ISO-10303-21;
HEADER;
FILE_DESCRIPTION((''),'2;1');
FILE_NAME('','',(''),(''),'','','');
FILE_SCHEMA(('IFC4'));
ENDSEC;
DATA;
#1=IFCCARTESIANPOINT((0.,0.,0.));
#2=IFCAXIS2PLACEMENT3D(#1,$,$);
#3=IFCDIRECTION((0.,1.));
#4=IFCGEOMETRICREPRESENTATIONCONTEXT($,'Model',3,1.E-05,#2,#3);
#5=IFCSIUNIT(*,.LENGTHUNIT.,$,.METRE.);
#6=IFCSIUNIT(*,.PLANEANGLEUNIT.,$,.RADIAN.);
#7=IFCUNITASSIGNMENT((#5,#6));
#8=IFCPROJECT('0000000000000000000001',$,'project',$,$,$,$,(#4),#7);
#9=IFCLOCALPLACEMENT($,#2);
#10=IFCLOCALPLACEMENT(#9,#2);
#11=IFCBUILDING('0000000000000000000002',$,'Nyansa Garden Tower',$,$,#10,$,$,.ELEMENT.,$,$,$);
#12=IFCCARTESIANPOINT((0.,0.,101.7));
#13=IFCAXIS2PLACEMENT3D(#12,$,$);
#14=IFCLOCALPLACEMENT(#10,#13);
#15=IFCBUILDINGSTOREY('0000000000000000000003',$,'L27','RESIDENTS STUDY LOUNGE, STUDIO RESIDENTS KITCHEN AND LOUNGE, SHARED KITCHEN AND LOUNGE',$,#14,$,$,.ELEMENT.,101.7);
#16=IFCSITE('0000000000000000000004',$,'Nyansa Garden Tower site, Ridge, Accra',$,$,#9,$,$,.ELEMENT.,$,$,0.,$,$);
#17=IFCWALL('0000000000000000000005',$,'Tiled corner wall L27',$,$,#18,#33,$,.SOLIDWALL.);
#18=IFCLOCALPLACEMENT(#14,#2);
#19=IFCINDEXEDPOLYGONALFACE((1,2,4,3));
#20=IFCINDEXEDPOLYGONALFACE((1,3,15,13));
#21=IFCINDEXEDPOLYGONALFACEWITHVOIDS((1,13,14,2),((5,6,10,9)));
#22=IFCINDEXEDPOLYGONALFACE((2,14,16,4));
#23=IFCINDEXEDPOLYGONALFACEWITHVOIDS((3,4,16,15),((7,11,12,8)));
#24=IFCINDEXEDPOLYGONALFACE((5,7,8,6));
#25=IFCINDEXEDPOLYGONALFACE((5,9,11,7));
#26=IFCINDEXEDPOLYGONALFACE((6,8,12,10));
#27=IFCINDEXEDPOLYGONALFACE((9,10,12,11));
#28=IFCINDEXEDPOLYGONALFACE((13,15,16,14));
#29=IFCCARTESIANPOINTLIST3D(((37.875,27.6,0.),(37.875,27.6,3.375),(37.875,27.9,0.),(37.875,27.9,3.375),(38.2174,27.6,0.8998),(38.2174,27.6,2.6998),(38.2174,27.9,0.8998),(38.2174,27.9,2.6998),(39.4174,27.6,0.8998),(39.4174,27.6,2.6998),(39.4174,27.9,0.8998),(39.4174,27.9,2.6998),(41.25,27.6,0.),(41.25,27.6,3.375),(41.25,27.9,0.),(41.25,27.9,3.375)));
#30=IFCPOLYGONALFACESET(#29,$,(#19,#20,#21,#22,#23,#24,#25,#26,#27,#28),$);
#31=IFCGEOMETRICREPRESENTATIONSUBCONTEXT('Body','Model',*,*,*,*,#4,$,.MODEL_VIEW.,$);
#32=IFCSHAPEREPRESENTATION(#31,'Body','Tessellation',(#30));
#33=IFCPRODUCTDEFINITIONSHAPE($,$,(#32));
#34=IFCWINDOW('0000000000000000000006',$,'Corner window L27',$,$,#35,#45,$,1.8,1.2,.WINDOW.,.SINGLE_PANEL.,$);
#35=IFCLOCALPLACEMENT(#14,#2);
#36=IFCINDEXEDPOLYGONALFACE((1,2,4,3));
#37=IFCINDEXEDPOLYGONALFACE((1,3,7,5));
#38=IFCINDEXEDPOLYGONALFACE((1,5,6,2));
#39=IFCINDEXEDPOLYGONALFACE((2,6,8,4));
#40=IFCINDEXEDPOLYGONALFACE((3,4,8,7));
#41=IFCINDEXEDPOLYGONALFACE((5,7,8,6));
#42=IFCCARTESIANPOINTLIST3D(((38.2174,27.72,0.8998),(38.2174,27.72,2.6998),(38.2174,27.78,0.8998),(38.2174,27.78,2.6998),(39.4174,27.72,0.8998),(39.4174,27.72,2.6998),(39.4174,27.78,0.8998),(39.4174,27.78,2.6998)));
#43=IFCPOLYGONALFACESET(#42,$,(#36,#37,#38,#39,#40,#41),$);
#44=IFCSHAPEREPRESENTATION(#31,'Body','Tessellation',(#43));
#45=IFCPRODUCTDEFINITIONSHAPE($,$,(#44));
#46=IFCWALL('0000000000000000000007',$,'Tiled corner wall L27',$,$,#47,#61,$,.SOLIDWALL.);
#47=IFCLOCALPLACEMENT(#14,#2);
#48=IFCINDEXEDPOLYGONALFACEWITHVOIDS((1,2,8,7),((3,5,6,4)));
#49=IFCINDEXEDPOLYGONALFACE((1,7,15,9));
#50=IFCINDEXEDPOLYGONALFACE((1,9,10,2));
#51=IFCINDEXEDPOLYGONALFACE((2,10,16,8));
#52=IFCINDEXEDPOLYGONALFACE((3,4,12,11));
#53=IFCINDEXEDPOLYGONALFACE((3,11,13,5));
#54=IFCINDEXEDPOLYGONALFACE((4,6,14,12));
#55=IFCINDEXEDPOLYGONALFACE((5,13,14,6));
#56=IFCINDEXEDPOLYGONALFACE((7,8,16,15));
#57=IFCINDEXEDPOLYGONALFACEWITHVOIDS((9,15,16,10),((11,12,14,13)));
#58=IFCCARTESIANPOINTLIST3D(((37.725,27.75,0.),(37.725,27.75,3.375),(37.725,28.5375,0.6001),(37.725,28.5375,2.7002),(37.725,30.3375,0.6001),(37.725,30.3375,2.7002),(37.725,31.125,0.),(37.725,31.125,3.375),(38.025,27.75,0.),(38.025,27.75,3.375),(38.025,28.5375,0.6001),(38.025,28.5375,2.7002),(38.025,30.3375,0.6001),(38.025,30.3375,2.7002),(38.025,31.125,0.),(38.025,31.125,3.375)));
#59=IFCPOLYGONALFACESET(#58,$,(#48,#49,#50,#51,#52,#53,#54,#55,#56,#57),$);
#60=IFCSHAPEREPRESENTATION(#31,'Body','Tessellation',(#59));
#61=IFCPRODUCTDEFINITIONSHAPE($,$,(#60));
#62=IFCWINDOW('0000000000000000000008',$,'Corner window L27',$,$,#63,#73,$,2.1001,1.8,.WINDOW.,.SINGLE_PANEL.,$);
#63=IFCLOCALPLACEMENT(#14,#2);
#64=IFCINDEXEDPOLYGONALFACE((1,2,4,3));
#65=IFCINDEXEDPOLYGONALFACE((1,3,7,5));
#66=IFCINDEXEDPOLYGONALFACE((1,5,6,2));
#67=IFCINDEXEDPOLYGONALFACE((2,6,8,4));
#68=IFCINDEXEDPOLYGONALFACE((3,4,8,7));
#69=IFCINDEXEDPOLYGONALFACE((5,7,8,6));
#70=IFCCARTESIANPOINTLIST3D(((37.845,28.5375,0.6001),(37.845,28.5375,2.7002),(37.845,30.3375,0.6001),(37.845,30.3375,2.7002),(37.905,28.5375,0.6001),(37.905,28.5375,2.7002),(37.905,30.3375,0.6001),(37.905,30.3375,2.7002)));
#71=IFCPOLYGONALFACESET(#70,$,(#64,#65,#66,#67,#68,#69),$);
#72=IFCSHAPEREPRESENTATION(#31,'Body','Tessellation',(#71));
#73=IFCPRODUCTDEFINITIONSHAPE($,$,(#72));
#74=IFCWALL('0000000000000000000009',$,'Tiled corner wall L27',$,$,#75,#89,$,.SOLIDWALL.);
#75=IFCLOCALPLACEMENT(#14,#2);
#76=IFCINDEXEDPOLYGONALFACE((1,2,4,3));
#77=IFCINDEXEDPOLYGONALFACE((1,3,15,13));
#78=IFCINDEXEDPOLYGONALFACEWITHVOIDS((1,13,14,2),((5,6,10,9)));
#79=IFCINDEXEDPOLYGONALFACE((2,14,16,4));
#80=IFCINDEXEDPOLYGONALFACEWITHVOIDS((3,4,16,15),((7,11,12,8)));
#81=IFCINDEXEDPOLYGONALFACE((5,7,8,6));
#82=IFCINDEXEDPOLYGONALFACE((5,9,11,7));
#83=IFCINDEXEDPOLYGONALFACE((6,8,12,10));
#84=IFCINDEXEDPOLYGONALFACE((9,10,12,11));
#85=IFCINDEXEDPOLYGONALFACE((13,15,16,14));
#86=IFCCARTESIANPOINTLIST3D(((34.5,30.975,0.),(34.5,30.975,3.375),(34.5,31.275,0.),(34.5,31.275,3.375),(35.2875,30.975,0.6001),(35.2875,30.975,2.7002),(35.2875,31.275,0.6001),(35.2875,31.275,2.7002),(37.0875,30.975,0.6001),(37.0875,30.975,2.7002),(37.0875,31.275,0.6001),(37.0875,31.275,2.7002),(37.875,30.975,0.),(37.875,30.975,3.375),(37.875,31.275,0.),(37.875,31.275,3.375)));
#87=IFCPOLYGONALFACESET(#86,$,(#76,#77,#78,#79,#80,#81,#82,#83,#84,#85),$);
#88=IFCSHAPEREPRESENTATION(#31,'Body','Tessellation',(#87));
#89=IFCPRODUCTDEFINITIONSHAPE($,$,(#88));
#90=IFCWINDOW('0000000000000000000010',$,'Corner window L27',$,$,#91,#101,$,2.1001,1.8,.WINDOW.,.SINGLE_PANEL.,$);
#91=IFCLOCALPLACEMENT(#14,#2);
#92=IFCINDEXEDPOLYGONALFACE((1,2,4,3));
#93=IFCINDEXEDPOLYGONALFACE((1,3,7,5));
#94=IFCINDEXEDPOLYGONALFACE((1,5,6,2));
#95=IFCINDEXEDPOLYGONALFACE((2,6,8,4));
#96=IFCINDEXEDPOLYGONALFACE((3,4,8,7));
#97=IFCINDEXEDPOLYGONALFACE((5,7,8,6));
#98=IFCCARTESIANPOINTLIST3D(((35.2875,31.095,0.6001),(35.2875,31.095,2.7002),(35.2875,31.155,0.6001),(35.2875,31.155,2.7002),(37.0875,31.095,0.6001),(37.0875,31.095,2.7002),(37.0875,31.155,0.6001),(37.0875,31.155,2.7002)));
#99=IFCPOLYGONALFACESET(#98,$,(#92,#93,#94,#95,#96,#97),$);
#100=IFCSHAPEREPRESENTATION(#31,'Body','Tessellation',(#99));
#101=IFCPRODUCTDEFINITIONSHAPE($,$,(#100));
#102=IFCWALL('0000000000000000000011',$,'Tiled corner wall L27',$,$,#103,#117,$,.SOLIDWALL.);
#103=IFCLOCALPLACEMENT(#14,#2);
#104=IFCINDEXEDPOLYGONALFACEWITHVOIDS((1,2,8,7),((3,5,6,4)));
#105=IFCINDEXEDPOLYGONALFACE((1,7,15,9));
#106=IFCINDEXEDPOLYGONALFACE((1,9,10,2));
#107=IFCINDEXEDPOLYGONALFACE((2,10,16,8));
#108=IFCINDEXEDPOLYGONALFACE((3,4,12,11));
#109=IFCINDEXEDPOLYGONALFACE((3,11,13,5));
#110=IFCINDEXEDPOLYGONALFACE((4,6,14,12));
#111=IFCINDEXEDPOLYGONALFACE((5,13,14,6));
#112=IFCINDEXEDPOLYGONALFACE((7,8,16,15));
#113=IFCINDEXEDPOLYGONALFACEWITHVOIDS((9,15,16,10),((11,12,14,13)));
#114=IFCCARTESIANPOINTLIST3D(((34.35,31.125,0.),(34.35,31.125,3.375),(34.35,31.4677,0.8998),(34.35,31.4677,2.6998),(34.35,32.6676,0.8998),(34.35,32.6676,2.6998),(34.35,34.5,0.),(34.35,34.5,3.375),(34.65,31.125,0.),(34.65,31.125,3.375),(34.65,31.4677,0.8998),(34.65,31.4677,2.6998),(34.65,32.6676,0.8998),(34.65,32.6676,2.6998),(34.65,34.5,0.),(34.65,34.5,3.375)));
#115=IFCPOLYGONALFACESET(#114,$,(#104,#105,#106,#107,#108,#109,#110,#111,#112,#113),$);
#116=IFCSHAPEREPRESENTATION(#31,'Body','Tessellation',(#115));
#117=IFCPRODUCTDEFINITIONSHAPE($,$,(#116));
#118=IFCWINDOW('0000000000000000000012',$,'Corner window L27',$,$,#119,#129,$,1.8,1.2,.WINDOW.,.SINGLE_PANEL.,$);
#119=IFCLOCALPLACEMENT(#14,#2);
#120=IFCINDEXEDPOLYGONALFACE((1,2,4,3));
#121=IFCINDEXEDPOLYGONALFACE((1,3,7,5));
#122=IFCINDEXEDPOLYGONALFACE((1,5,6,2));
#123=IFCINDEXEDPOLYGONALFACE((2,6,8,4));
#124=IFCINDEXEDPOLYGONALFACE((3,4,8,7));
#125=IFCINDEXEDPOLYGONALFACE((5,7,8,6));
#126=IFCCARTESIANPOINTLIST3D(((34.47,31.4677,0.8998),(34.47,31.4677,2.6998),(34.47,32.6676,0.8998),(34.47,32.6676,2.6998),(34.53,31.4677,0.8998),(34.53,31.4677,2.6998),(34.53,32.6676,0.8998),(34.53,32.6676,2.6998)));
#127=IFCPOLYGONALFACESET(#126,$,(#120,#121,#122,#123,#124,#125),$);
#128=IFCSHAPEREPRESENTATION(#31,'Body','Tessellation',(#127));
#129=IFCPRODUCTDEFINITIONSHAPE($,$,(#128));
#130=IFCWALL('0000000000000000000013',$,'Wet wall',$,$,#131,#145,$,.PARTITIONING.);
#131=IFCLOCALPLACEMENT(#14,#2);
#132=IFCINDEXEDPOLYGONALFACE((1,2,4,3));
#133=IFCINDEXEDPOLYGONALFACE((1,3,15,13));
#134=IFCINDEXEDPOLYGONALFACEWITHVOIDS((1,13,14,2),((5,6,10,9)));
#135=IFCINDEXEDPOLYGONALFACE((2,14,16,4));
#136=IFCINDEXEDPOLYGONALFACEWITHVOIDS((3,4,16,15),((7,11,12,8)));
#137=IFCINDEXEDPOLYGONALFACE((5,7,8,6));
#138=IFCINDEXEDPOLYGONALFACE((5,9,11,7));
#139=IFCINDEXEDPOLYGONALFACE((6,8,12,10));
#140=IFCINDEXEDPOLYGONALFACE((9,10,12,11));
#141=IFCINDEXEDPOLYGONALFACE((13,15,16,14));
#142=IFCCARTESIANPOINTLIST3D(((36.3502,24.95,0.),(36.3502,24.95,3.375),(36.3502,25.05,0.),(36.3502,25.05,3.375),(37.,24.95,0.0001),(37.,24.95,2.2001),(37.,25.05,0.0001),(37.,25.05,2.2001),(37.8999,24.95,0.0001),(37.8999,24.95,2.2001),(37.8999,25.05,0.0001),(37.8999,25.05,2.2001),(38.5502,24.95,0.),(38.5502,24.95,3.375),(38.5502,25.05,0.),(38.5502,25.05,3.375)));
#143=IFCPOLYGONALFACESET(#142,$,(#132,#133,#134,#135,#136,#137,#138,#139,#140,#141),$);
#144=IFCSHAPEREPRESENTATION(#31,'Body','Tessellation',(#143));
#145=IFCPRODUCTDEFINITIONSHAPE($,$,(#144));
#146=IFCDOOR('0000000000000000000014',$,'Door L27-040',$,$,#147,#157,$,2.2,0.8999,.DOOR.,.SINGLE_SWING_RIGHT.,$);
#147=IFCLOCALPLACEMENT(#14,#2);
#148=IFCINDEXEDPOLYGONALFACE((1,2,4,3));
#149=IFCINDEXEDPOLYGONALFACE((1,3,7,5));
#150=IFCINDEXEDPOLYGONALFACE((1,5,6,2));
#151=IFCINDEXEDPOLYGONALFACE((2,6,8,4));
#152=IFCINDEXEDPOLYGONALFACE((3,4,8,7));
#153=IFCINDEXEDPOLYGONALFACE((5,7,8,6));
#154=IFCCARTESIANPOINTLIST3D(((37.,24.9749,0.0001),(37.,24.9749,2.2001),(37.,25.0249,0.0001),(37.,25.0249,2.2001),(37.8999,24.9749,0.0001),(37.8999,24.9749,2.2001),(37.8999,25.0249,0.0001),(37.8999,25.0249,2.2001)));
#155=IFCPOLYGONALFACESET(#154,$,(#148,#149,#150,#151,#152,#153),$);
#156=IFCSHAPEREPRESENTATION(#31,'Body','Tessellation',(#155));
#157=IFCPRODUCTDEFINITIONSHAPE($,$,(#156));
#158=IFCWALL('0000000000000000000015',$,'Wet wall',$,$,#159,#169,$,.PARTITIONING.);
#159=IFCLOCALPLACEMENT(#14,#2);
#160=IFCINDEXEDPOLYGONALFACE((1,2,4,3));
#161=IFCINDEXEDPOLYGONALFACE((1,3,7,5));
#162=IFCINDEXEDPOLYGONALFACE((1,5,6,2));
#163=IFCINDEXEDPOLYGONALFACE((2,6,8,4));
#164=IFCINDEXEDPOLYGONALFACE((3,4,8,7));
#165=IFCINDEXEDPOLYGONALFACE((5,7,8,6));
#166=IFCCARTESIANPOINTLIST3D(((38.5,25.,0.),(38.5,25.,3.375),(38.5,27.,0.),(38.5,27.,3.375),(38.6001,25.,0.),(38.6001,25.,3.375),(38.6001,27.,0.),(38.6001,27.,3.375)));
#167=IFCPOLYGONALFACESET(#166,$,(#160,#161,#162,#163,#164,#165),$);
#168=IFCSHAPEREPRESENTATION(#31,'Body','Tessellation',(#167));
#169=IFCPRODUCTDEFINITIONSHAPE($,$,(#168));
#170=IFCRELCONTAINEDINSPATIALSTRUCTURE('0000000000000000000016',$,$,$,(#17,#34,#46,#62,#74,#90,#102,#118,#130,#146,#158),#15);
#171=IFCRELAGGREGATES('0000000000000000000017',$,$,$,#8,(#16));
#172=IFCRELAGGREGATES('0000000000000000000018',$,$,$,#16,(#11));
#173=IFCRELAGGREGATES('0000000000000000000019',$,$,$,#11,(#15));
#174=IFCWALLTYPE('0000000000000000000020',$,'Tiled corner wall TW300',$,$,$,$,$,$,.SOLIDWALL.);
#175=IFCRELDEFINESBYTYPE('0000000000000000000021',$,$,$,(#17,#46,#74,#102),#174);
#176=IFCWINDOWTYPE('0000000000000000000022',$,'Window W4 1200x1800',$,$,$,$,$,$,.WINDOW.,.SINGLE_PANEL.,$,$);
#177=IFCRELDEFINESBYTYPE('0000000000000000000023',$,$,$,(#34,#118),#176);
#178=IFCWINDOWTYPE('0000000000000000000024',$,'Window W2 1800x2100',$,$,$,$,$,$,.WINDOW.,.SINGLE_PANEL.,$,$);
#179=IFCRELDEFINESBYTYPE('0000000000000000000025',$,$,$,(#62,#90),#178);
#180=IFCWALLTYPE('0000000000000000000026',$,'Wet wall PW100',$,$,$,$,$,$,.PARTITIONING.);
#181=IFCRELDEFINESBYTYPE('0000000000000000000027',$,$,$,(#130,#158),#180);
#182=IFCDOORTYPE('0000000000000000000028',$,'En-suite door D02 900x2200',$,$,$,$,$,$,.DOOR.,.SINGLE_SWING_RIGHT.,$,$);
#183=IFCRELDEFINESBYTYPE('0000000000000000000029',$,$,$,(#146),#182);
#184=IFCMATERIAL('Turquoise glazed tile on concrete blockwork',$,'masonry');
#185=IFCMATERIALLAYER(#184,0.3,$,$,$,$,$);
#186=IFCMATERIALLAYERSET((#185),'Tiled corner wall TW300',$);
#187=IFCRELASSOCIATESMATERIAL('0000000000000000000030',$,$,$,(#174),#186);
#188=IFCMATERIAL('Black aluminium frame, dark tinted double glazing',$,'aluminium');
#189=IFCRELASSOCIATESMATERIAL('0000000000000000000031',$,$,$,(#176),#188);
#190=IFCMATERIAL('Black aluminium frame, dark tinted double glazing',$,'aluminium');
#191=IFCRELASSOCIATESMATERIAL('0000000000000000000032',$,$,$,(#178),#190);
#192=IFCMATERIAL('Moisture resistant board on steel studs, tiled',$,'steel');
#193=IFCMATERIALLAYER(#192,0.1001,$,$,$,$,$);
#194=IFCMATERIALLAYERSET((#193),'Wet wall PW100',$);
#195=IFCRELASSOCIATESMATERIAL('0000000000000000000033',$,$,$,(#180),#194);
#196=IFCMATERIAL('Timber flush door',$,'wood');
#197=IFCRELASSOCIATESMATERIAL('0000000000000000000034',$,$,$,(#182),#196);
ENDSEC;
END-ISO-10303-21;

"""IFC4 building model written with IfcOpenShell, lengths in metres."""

from ifc_helpers import new_model, si_unit, direction, frame, frame_2d, origin, place, context, subcontext, project, spatial, rectangle, extrude, material, layer, layer_set, type_object, element, fill, save


model = new_model("IFC4")

# Units and contexts
model_context = context("Model", 3, precision=1e-05, world=origin(), true_north=direction((0.0, 1.0)))
body_context = subcontext(model_context, "Body", "Model", "MODEL_VIEW")
ifc_project = project(units=[si_unit("LENGTHUNIT", "METRE"), si_unit("PLANEANGLEUNIT", "RADIAN")], contexts=[model_context])

# Site, building, storey
site_placement = place(None, origin())
site = spatial("IfcSite", under=ifc_project, at=site_placement, Name="Nyansa Garden Tower site, Ridge, Accra", CompositionType="ELEMENT", RefElevation=0.0)
building_placement = place(site_placement, origin())
building = spatial("IfcBuilding", under=site, at=building_placement, Name="Nyansa Garden Tower", CompositionType="ELEMENT")
storey_placement = place(building_placement, frame((0.0, 0.0, 101.7)))
storey = spatial("IfcBuildingStorey", under=building, at=storey_placement, Name="L27", Description="RESIDENTS STUDY LOUNGE, STUDIO RESIDENTS KITCHEN AND LOUNGE, SHARED KITCHEN AND LOUNGE", CompositionType="ELEMENT", Elevation=101.7)

# Walls, openings, windows
ifc_material_1 = material(Name="Turquoise glazed tile on concrete blockwork", Category="masonry")
ifc_layer_1 = layer(ifc_material_1, 0.3)
ifc_layer_set_1 = layer_set([ifc_layer_1], Name="Tiled corner wall TW300")
wall_type_1 = type_object("IfcWallType", Name="Tiled corner wall TW300", PredefinedType="SOLIDWALL", material=ifc_layer_set_1)
wall_1_placement = place(storey_placement, frame((41.25, 27.75, 0.0), z_axis=(0.0, 0.0, 1.0), x_axis=(-1.0, 0.0, 0.0)))
wall_1 = element("IfcWall", 1, at=wall_1_placement, inside=storey, type_object=wall_type_1, Name="Tiled corner wall L27", PredefinedType="SOLIDWALL", context=body_context, shape_type="SweptSolid", body=[
    extrude(rectangle(XDim=3.375, YDim=0.3, at=frame_2d((1.6875, 0.0))), origin(), (0.0, 0.0, 1.0), 3.375),
])
opening_1_placement = place(wall_1_placement, frame((1.8325, 0.0, 0.8999)))
opening_1 = element("IfcOpeningElement", 2, at=opening_1_placement, cuts=wall_1, PredefinedType="OPENING", context=body_context, shape_type="SweptSolid", body=[
    extrude(rectangle(XDim=1.2, YDim=1.8, at=frame_2d((0.6001, 0.8999))), frame((0.0, 0.1599, 0.0), z_axis=(0.0, -1.0, 0.0), x_axis=(1.0, 0.0, 0.0)), (0.0, 0.0, 1.0), 0.3201),
])
ifc_material_2 = material(Name="Black aluminium frame, dark tinted double glazing", Category="aluminium")
window_type_1 = type_object("IfcWindowType", Name="Window W4 1200x1800", PartitioningType="SINGLE_PANEL", PredefinedType="WINDOW", material=ifc_material_2)
window_1_placement = place(opening_1_placement, origin())
window_1 = element("IfcWindow", 3, at=window_1_placement, inside=storey, type_object=window_type_1, Name="Corner window L27", OverallHeight=1.8, OverallWidth=1.2, PartitioningType="SINGLE_PANEL", PredefinedType="WINDOW", context=body_context, shape_type="SweptSolid", body=[
    extrude(rectangle(XDim=1.2, YDim=1.8, at=frame_2d((0.6001, 0.8999))), frame((0.0, 0.03, 0.0), z_axis=(0.0, -1.0, 0.0), x_axis=(1.0, 0.0, 0.0)), (0.0, 0.0, 1.0), 0.0601),
])
fill(opening_1, window_1)
wall_2_placement = place(storey_placement, frame((37.875, 27.75, 0.0), z_axis=(0.0, 0.0, 1.0), x_axis=(0.0, 1.0, 0.0)))
wall_2 = element("IfcWall", 4, at=wall_2_placement, inside=storey, type_object=wall_type_1, Name="Tiled corner wall L27", PredefinedType="SOLIDWALL", context=body_context, shape_type="SweptSolid", body=[
    extrude(rectangle(XDim=3.375, YDim=0.3, at=frame_2d((1.6875, 0.0))), origin(), (0.0, 0.0, 1.0), 3.375),
])
opening_2_placement = place(wall_2_placement, frame((0.7876, 0.0, 0.6001)))
opening_2 = element("IfcOpeningElement", 5, at=opening_2_placement, cuts=wall_2, PredefinedType="OPENING", context=body_context, shape_type="SweptSolid", body=[
    extrude(rectangle(XDim=1.8, YDim=2.1001, at=frame_2d((0.8999, 1.05))), frame((0.0, 0.1599, 0.0), z_axis=(0.0, -1.0, 0.0), x_axis=(1.0, 0.0, 0.0)), (0.0, 0.0, 1.0), 0.3201),
])
ifc_material_3 = material(Name="Black aluminium frame, dark tinted double glazing", Category="aluminium")
window_type_2 = type_object("IfcWindowType", Name="Window W2 1800x2100", PartitioningType="SINGLE_PANEL", PredefinedType="WINDOW", material=ifc_material_3)
window_2_placement = place(opening_2_placement, origin())
window_2 = element("IfcWindow", 6, at=window_2_placement, inside=storey, type_object=window_type_2, Name="Corner window L27", OverallHeight=2.1001, OverallWidth=1.8, PartitioningType="SINGLE_PANEL", PredefinedType="WINDOW", context=body_context, shape_type="SweptSolid", body=[
    extrude(rectangle(XDim=1.8, YDim=2.1001, at=frame_2d((0.8999, 1.05))), frame((0.0, 0.03, 0.0), z_axis=(0.0, -1.0, 0.0), x_axis=(1.0, 0.0, 0.0)), (0.0, 0.0, 1.0), 0.0601),
])
fill(opening_2, window_2)
wall_3_placement = place(storey_placement, frame((37.875, 31.125, 0.0), z_axis=(0.0, 0.0, 1.0), x_axis=(-1.0, 0.0, 0.0)))
wall_3 = element("IfcWall", 7, at=wall_3_placement, inside=storey, type_object=wall_type_1, Name="Tiled corner wall L27", PredefinedType="SOLIDWALL", context=body_context, shape_type="SweptSolid", body=[
    extrude(rectangle(XDim=3.375, YDim=0.3, at=frame_2d((1.6875, 0.0))), origin(), (0.0, 0.0, 1.0), 3.375),
])
opening_3_placement = place(wall_3_placement, frame((0.7876, 0.0, 0.6001)))
opening_3 = element("IfcOpeningElement", 8, at=opening_3_placement, cuts=wall_3, PredefinedType="OPENING", context=body_context, shape_type="SweptSolid", body=[
    extrude(rectangle(XDim=1.8, YDim=2.1001, at=frame_2d((0.8999, 1.05))), frame((0.0, 0.1599, 0.0), z_axis=(0.0, -1.0, 0.0), x_axis=(1.0, 0.0, 0.0)), (0.0, 0.0, 1.0), 0.3201),
])
window_3_placement = place(opening_3_placement, origin())
window_3 = element("IfcWindow", 9, at=window_3_placement, inside=storey, type_object=window_type_2, Name="Corner window L27", OverallHeight=2.1001, OverallWidth=1.8, PartitioningType="SINGLE_PANEL", PredefinedType="WINDOW", context=body_context, shape_type="SweptSolid", body=[
    extrude(rectangle(XDim=1.8, YDim=2.1001, at=frame_2d((0.8999, 1.05))), frame((0.0, 0.03, 0.0), z_axis=(0.0, -1.0, 0.0), x_axis=(1.0, 0.0, 0.0)), (0.0, 0.0, 1.0), 0.0601),
])
fill(opening_3, window_3)
wall_4_placement = place(storey_placement, frame((34.5, 31.125, 0.0), z_axis=(0.0, 0.0, 1.0), x_axis=(0.0, 1.0, 0.0)))
wall_4 = element("IfcWall", 10, at=wall_4_placement, inside=storey, type_object=wall_type_1, Name="Tiled corner wall L27", PredefinedType="SOLIDWALL", context=body_context, shape_type="SweptSolid", body=[
    extrude(rectangle(XDim=3.375, YDim=0.3, at=frame_2d((1.6875, 0.0))), origin(), (0.0, 0.0, 1.0), 3.375),
])
opening_4_placement = place(wall_4_placement, frame((0.3425, 0.0, 0.8999)))
opening_4 = element("IfcOpeningElement", 11, at=opening_4_placement, cuts=wall_4, PredefinedType="OPENING", context=body_context, shape_type="SweptSolid", body=[
    extrude(rectangle(XDim=1.2, YDim=1.8, at=frame_2d((0.6001, 0.8999))), frame((0.0, 0.1599, 0.0), z_axis=(0.0, -1.0, 0.0), x_axis=(1.0, 0.0, 0.0)), (0.0, 0.0, 1.0), 0.3201),
])
window_4_placement = place(opening_4_placement, origin())
window_4 = element("IfcWindow", 12, at=window_4_placement, inside=storey, type_object=window_type_1, Name="Corner window L27", OverallHeight=1.8, OverallWidth=1.2, PartitioningType="SINGLE_PANEL", PredefinedType="WINDOW", context=body_context, shape_type="SweptSolid", body=[
    extrude(rectangle(XDim=1.2, YDim=1.8, at=frame_2d((0.6001, 0.8999))), frame((0.0, 0.03, 0.0), z_axis=(0.0, -1.0, 0.0), x_axis=(1.0, 0.0, 0.0)), (0.0, 0.0, 1.0), 0.0601),
])
fill(opening_4, window_4)

# Wall, opening, door
ifc_material_4 = material(Name="Moisture resistant board on steel studs, tiled", Category="steel")
ifc_layer_2 = layer(ifc_material_4, 0.1001)
ifc_layer_set_2 = layer_set([ifc_layer_2], Name="Wet wall PW100")
wall_type_2 = type_object("IfcWallType", Name="Wet wall PW100", PredefinedType="PARTITIONING", material=ifc_layer_set_2)
wall_5_placement = place(storey_placement, frame((36.3501, 25.0, 0.0), z_axis=(0.0, 0.0, 1.0), x_axis=(1.0, 0.0, 0.0)))
wall_5 = element("IfcWall", 13, at=wall_5_placement, inside=storey, type_object=wall_type_2, Name="Wet wall", PredefinedType="PARTITIONING", context=body_context, shape_type="SweptSolid", body=[
    extrude(rectangle(XDim=2.2, YDim=0.1001, at=frame_2d((1.1001, 0.0))), origin(), (0.0, 0.0, 1.0), 3.375),
])
opening_5_placement = place(wall_5_placement, frame((0.6499, 0.0, 0.0)))
opening_5 = element("IfcOpeningElement", 14, at=opening_5_placement, cuts=wall_5, PredefinedType="OPENING", context=body_context, shape_type="SweptSolid", body=[
    extrude(rectangle(XDim=0.8999, YDim=2.2, at=frame_2d((0.45, 1.1001))), frame((0.0, 0.0601, 0.0), z_axis=(0.0, -1.0, 0.0), x_axis=(1.0, 0.0, 0.0)), (0.0, 0.0, 1.0), 0.1201),
])
ifc_material_5 = material(Name="Timber flush door", Category="wood")
door_type = type_object("IfcDoorType", Name="En-suite door D02 900x2200", OperationType="SINGLE_SWING_RIGHT", PredefinedType="DOOR", material=ifc_material_5)
door_placement = place(opening_5_placement, origin())
door = element("IfcDoor", 15, at=door_placement, inside=storey, type_object=door_type, Name="Door L27-040", OperationType="SINGLE_SWING_RIGHT", OverallHeight=2.2, OverallWidth=0.8999, PredefinedType="DOOR", context=body_context, shape_type="SweptSolid", body=[
    extrude(rectangle(XDim=0.8999, YDim=2.2, at=frame_2d((0.45, 1.1001))), frame((0.0, 0.0249, 0.0), z_axis=(0.0, -1.0, 0.0), x_axis=(1.0, 0.0, 0.0)), (0.0, 0.0, 1.0), 0.05),
])
fill(opening_5, door)

# Wall
wall_6_placement = place(storey_placement, frame((38.55, 25.0, 0.0), z_axis=(0.0, 0.0, 1.0), x_axis=(0.0, 1.0, 0.0)))
element("IfcWall", 16, at=wall_6_placement, inside=storey, type_object=wall_type_2, Name="Wet wall", PredefinedType="PARTITIONING", context=body_context, shape_type="SweptSolid", body=[
    extrude(rectangle(XDim=2.0, YDim=0.1001, at=frame_2d((1.0, 0.0))), origin(), (0.0, 0.0, 1.0), 3.375),
])

save(model, "model.ifc")
